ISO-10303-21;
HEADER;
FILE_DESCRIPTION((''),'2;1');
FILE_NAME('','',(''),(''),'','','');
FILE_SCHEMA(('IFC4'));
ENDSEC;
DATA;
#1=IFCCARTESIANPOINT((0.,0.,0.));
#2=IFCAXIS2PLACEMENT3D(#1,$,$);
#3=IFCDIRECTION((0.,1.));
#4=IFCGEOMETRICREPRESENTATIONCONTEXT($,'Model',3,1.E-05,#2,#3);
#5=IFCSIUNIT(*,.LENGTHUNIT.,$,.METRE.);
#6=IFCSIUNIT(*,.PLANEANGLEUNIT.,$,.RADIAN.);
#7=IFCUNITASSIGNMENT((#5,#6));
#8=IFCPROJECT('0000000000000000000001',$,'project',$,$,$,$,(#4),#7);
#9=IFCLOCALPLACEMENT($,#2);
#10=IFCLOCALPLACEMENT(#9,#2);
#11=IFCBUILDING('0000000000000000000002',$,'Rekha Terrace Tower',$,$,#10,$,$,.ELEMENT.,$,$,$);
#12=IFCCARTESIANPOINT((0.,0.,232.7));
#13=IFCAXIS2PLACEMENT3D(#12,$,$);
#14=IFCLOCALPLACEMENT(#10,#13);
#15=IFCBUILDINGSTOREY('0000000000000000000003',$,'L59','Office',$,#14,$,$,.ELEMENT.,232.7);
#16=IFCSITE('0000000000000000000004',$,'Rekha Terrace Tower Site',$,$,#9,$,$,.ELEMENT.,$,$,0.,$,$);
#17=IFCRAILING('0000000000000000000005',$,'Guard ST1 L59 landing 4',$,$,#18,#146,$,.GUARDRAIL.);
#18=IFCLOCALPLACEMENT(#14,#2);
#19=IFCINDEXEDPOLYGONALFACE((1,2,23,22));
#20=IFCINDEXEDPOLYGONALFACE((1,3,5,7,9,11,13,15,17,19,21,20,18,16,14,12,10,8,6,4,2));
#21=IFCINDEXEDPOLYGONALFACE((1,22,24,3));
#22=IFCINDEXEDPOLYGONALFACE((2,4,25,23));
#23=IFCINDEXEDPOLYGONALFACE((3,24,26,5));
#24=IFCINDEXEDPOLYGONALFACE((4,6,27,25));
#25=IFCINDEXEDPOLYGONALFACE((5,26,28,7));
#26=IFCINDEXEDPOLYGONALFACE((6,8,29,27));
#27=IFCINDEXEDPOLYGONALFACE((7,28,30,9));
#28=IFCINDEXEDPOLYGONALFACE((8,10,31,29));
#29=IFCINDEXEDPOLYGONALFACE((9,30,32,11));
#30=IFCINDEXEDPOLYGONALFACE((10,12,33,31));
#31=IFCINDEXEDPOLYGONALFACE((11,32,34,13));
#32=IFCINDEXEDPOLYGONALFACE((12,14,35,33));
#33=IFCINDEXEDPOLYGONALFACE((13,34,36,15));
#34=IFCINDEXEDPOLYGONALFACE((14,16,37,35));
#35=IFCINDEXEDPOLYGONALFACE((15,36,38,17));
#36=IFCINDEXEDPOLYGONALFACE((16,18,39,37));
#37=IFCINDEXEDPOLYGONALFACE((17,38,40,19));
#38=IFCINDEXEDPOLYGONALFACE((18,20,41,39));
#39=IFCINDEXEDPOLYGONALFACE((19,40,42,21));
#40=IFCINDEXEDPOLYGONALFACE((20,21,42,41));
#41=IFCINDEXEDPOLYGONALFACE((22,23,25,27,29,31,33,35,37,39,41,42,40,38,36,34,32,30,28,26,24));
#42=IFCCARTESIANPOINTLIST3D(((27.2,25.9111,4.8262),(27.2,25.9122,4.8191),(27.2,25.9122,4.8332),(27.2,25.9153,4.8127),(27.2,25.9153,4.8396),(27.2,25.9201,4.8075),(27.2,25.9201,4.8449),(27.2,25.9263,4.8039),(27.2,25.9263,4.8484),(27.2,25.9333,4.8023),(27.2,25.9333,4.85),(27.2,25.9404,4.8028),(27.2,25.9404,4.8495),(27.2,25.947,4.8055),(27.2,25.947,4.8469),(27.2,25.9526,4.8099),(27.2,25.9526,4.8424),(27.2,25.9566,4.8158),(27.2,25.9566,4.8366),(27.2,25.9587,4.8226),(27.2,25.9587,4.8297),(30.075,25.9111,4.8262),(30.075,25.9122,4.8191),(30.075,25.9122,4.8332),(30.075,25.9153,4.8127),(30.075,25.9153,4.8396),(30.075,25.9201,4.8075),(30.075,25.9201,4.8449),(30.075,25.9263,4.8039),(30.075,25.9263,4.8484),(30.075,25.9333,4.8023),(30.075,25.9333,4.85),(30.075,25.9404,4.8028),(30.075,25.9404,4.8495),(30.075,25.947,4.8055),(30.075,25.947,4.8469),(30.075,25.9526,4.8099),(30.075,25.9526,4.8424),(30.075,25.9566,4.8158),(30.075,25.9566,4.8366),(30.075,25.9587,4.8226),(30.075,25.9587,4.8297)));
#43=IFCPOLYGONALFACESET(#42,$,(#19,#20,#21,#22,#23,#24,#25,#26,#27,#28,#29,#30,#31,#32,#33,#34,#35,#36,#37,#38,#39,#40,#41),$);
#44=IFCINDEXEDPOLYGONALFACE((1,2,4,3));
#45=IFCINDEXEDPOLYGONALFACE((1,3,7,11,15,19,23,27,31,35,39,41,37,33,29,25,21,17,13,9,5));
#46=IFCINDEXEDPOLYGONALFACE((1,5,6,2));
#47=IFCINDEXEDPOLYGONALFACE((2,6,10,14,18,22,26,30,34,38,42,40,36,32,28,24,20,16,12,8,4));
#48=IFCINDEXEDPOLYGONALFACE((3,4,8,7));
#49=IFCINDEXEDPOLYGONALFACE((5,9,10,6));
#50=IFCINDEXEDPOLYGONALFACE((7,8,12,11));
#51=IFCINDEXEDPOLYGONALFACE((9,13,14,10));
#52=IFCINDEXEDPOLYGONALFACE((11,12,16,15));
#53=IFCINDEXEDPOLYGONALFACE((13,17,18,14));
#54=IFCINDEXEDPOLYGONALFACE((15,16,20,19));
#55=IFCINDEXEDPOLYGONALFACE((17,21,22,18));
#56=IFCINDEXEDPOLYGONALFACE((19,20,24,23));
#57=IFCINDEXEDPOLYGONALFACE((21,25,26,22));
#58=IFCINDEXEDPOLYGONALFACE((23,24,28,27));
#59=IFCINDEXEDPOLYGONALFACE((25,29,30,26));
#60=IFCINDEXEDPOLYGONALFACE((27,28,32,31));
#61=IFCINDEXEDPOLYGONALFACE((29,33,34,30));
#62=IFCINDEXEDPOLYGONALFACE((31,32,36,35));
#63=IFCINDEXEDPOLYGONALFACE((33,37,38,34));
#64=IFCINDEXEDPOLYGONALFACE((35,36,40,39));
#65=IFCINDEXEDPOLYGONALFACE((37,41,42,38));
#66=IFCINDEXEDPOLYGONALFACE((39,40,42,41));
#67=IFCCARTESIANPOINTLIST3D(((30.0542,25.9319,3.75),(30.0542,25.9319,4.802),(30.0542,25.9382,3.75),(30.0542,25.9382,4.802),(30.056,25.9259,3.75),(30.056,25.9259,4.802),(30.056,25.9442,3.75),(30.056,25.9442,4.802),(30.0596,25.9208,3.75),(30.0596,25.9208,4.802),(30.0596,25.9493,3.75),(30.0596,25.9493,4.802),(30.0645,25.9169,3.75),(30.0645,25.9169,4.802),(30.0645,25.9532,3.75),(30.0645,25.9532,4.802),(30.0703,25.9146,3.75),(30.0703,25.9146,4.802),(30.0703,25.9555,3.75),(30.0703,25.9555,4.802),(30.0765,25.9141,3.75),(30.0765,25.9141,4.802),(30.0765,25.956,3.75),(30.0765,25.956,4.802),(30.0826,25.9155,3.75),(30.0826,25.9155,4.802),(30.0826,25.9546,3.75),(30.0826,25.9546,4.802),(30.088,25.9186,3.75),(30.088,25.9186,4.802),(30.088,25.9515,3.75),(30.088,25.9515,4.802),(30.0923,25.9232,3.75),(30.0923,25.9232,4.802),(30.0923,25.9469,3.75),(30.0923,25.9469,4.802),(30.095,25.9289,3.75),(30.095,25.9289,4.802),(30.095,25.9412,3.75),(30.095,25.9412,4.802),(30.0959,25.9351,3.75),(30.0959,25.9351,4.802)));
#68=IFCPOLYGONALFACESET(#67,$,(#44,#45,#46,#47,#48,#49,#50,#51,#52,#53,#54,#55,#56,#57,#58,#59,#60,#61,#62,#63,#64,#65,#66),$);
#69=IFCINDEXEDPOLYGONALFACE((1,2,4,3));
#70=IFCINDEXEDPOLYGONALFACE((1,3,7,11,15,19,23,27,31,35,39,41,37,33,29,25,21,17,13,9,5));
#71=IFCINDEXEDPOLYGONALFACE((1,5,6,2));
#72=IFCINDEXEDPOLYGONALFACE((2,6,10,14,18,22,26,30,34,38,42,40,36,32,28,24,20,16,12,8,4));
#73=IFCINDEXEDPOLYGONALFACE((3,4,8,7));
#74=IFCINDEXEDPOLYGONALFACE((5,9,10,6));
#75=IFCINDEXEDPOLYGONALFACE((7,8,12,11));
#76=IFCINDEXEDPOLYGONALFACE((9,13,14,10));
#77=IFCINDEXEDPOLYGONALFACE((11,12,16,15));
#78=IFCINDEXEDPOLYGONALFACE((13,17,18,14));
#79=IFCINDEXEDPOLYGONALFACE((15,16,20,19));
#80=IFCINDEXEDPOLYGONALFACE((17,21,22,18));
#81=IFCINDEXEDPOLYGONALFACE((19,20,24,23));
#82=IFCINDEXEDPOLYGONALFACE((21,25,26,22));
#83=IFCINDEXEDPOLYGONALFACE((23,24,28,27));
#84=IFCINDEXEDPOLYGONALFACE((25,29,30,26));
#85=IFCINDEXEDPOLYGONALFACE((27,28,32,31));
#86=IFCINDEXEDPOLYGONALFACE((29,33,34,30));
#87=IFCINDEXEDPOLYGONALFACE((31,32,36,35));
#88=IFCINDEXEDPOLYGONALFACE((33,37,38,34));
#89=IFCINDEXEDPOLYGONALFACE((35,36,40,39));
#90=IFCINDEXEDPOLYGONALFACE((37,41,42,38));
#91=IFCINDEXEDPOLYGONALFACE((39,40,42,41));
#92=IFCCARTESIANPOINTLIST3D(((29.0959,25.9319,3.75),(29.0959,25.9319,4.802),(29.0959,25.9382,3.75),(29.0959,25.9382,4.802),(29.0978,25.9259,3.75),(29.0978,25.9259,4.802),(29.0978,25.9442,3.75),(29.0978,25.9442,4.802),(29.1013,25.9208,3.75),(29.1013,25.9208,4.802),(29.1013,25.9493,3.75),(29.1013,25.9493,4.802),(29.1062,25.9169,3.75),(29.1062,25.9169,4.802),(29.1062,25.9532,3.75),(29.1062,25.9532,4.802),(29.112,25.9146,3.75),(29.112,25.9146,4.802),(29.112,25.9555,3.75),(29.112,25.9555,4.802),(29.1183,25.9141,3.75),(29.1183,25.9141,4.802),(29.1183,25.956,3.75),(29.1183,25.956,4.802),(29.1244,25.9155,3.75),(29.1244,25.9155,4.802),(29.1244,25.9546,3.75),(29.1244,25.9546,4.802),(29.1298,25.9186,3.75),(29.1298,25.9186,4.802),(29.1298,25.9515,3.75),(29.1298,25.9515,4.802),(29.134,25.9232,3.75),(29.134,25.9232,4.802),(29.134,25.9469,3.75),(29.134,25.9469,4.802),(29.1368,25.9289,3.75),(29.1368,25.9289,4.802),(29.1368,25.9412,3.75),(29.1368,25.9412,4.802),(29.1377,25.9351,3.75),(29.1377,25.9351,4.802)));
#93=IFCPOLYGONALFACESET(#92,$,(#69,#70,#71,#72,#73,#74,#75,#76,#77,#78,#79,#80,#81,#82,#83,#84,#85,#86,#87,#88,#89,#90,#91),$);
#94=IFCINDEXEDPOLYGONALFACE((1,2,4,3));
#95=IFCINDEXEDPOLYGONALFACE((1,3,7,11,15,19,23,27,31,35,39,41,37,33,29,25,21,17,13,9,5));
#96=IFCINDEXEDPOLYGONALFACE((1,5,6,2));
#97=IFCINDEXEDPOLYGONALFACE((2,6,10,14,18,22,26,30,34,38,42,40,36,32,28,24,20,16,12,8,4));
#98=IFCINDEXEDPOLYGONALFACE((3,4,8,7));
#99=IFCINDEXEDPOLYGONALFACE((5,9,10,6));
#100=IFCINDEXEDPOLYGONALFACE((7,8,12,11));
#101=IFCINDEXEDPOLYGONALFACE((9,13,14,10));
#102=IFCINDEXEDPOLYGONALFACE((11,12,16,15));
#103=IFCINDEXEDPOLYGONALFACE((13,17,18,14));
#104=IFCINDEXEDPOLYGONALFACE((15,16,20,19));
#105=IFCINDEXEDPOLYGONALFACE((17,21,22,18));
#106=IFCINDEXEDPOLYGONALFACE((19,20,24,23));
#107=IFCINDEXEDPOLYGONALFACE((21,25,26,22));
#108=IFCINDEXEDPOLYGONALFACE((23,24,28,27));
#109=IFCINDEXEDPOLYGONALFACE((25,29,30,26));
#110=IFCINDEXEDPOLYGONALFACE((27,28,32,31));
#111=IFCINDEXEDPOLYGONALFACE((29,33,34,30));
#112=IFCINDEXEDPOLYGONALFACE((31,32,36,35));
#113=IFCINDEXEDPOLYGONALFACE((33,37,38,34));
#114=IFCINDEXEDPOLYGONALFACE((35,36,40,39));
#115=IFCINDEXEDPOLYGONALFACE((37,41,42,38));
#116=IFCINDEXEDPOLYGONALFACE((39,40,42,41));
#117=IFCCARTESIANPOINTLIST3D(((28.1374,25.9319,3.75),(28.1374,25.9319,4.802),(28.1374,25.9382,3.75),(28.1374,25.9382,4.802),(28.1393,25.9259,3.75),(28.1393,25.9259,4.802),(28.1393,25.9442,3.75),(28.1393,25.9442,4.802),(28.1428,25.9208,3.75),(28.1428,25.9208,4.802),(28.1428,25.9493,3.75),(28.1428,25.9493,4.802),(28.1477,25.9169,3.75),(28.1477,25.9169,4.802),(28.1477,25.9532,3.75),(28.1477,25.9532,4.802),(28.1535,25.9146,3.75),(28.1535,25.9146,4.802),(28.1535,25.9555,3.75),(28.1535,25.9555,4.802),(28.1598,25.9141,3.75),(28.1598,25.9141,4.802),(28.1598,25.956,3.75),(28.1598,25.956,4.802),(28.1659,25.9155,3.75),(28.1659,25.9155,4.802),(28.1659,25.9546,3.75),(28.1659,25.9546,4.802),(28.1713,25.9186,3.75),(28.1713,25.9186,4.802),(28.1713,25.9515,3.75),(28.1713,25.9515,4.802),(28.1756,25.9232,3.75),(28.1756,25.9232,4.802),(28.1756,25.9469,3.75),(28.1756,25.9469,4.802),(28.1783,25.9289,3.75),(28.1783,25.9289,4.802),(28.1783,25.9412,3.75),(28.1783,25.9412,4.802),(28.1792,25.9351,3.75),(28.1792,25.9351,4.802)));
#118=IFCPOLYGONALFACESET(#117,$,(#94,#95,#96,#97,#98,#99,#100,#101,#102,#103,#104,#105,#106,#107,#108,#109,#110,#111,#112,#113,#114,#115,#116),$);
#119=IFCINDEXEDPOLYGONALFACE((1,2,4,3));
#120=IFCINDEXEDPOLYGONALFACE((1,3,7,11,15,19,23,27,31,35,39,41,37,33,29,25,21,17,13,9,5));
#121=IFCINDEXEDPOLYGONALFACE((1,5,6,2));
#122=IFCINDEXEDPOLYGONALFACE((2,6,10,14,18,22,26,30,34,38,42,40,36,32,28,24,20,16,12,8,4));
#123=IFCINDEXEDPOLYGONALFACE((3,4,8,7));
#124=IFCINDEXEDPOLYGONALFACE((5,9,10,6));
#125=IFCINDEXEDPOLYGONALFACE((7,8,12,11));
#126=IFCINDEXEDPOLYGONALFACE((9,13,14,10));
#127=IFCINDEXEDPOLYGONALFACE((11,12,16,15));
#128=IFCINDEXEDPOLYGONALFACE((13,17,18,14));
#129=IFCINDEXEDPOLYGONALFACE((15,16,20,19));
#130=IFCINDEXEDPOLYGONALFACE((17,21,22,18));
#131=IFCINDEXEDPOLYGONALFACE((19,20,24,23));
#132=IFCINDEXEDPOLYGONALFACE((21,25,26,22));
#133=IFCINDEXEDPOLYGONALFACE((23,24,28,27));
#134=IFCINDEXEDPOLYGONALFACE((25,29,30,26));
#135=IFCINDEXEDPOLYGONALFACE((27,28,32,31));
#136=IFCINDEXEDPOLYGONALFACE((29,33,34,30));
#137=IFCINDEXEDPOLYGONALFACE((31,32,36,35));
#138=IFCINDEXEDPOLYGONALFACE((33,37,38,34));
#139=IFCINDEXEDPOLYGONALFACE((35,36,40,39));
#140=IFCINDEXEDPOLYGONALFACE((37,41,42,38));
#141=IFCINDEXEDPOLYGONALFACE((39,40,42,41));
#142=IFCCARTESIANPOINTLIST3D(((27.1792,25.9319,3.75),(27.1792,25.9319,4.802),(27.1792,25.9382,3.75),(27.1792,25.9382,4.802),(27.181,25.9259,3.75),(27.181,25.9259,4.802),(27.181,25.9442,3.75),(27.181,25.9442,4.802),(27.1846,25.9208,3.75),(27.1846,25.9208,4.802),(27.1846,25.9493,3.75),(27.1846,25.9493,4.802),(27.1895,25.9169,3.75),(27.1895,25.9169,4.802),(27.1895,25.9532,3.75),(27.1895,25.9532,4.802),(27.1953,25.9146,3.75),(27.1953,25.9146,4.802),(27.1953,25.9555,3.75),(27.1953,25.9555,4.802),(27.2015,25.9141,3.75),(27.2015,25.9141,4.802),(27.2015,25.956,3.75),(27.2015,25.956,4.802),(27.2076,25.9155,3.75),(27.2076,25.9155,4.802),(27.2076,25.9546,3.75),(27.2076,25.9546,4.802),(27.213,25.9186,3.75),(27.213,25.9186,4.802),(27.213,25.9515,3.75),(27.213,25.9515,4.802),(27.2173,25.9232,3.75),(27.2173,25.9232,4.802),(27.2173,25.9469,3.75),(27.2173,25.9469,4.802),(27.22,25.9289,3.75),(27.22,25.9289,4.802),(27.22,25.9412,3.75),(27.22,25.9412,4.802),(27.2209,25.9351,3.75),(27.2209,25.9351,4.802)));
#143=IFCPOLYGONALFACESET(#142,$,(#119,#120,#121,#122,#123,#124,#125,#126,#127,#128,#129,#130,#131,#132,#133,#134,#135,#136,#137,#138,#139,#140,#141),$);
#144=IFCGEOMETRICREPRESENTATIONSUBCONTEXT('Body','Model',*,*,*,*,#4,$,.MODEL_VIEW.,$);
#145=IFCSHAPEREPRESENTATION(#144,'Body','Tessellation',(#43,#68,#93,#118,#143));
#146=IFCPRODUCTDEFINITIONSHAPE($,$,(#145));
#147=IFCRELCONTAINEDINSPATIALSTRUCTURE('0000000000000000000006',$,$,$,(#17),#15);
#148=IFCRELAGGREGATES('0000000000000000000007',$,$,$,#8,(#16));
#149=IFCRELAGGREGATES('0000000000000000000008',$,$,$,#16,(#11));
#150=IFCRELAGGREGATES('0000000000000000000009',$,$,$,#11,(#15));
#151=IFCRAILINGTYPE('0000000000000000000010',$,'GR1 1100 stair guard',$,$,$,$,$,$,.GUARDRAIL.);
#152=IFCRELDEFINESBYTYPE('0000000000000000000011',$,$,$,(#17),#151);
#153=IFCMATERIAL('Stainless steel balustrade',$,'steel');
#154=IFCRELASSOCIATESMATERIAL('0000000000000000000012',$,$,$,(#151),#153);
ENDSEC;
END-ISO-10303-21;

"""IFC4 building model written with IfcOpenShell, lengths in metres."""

from ifc_helpers import new_model, si_unit, direction, frame, origin, origin_2d, place, context, subcontext, project, spatial, circle, extrude, material, type_object, element, save


model = new_model("IFC4")

# Units and contexts
model_context = context("Model", 3, precision=1e-05, world=origin(), true_north=direction((0.0, 1.0)))
body_context = subcontext(model_context, "Body", "Model", "MODEL_VIEW")
ifc_project = project(units=[si_unit("LENGTHUNIT", "METRE"), si_unit("PLANEANGLEUNIT", "RADIAN")], contexts=[model_context])

# Site, building, storey
site_placement = place(None, origin())
site = spatial("IfcSite", under=ifc_project, at=site_placement, Name="Rekha Terrace Tower Site", CompositionType="ELEMENT", RefElevation=0.0)
building_placement = place(site_placement, origin())
building = spatial("IfcBuilding", under=site, at=building_placement, Name="Rekha Terrace Tower", CompositionType="ELEMENT")
storey_placement = place(building_placement, frame((0.0, 0.0, 232.7)))
storey = spatial("IfcBuildingStorey", under=building, at=storey_placement, Name="L59", Description="Office", CompositionType="ELEMENT", Elevation=232.7)

# Railing
ifc_material_1 = material(Name="Stainless steel balustrade", Category="steel")
railing_type_1 = type_object("IfcRailingType", Name="GR1 1100 stair guard", PredefinedType="GUARDRAIL", material=ifc_material_1)
railing_1_placement = place(storey_placement, frame((30.075, 25.9351, 3.75)))
element("IfcRailing", 1, at=railing_1_placement, inside=storey, type_object=railing_type_1, Name="Guard ST1 L59 landing 4", PredefinedType="GUARDRAIL", context=body_context, shape_type="SweptSolid", body=[
    extrude(circle(Radius=0.0239, at=origin_2d()), frame((0.0, 0.0, 1.0762), z_axis=(-1.0, 0.0, 0.0), x_axis=(0.0, -1.0, 0.0)), (0.0, 0.0, 1.0), 2.875),
    extrude(circle(Radius=0.021, at=origin_2d()), origin(), (0.0, 0.0, 1.0), 1.052),
    extrude(circle(Radius=0.021, at=origin_2d()), frame((-0.9583, 0.0, 0.0)), (0.0, 0.0, 1.0), 1.052),
    extrude(circle(Radius=0.021, at=origin_2d()), frame((-1.9167, 0.0, 0.0)), (0.0, 0.0, 1.0), 1.052),
    extrude(circle(Radius=0.021, at=origin_2d()), frame((-2.875, 0.0, 0.0)), (0.0, 0.0, 1.0), 1.052),
])

save(model, "model.ifc")
